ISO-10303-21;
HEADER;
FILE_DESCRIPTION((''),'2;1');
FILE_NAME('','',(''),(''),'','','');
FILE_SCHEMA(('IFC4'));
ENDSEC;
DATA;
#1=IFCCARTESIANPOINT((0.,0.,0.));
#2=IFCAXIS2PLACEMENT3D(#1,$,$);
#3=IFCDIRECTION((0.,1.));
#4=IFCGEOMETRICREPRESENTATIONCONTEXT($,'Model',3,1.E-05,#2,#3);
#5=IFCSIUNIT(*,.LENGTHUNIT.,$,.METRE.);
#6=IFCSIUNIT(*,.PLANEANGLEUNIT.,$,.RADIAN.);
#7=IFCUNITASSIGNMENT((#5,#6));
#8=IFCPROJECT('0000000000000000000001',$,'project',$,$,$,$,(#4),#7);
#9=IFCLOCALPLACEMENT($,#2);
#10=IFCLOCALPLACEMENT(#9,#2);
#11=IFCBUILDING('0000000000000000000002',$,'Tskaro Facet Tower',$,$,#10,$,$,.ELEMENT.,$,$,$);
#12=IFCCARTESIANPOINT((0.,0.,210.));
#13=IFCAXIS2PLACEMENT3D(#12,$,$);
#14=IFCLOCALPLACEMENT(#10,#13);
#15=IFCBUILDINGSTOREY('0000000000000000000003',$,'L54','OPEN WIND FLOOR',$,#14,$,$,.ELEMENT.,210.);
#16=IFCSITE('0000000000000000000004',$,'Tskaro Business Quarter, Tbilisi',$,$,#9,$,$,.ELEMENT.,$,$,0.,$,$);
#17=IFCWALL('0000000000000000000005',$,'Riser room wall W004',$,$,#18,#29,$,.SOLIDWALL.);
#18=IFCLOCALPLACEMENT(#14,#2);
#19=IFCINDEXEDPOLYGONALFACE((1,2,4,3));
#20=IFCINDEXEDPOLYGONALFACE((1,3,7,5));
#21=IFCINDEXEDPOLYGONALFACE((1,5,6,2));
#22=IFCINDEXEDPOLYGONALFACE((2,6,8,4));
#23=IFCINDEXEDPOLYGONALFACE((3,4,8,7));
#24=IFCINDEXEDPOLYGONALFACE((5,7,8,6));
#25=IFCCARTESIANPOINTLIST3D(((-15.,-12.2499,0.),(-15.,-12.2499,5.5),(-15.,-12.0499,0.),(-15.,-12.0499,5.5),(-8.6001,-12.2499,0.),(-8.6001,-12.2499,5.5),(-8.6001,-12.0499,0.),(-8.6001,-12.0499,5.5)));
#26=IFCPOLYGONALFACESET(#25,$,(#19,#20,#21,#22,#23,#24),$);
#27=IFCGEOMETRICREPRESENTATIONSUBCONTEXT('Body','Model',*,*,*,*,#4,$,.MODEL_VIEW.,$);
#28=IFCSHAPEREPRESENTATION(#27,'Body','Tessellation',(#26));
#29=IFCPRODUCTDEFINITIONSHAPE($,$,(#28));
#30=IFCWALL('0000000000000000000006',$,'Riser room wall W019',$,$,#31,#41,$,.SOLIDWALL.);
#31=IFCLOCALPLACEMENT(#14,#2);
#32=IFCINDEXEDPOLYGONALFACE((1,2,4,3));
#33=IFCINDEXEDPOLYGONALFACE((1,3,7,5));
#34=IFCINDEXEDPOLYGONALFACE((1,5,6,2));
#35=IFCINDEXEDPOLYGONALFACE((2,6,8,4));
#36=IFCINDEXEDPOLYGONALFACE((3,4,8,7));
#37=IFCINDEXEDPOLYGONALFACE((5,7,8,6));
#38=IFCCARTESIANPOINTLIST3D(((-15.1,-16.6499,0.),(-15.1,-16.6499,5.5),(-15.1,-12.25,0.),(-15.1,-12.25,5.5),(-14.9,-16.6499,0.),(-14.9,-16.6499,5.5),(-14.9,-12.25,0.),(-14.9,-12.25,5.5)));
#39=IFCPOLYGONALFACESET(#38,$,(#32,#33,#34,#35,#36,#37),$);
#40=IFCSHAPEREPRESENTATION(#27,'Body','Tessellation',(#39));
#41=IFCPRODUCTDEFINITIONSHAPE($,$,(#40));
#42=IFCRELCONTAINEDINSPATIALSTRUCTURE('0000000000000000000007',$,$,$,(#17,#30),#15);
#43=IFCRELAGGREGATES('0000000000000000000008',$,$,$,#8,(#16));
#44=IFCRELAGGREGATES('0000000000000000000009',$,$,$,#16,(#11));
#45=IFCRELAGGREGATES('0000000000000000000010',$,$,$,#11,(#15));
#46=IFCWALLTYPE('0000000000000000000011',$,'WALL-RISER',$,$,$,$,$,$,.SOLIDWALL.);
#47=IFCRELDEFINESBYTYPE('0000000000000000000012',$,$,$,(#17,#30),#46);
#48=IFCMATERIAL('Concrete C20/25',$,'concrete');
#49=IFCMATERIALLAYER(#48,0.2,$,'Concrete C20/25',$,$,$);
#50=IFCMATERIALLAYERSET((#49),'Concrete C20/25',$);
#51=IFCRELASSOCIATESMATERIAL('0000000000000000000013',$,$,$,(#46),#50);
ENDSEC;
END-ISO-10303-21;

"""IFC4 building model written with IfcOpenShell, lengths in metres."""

from ifc_helpers import new_model, si_unit, direction, frame, frame_2d, origin, place, context, subcontext, project, spatial, rectangle, extrude, material, layer, layer_set, type_object, element, save


model = new_model("IFC4")

# Units and contexts
model_context = context("Model", 3, precision=1e-05, world=origin(), true_north=direction((0.0, 1.0)))
body_context = subcontext(model_context, "Body", "Model", "MODEL_VIEW")
ifc_project = project(units=[si_unit("LENGTHUNIT", "METRE"), si_unit("PLANEANGLEUNIT", "RADIAN")], contexts=[model_context])

# Site, building, storey
site_placement = place(None, origin())
site = spatial("IfcSite", under=ifc_project, at=site_placement, Name="Tskaro Business Quarter, Tbilisi", CompositionType="ELEMENT", RefElevation=0.0)
building_placement = place(site_placement, origin())
building = spatial("IfcBuilding", under=site, at=building_placement, Name="Tskaro Facet Tower", CompositionType="ELEMENT")
storey_placement = place(building_placement, frame((0.0, 0.0, 210.0)))
storey = spatial("IfcBuildingStorey", under=building, at=storey_placement, Name="L54", Description="OPEN WIND FLOOR", CompositionType="ELEMENT", Elevation=210.0)

# Walls
ifc_material_1 = material(Name="Concrete C20/25", Category="concrete")
ifc_layer = layer(ifc_material_1, 0.2, Name="Concrete C20/25")
ifc_layer_set = layer_set([ifc_layer], Name="Concrete C20/25")
wall_type = type_object("IfcWallType", Name="WALL-RISER", PredefinedType="SOLIDWALL", material=ifc_layer_set)
wall_1_placement = place(storey_placement, frame((-15.0, -12.1499, 0.0), z_axis=(0.0, 0.0, 1.0), x_axis=(1.0, 0.0, 0.0)))
element("IfcWall", 1, at=wall_1_placement, inside=storey, type_object=wall_type, Name="Riser room wall W004", PredefinedType="SOLIDWALL", context=body_context, shape_type="SweptSolid", body=[
    extrude(rectangle(XDim=6.3999, YDim=0.2, at=frame_2d((3.2, 0.0))), origin(), (0.0, 0.0, 1.0), 5.5),
])
wall_2_placement = place(storey_placement, frame((-15.0, -16.6499, 0.0), z_axis=(0.0, 0.0, 1.0), x_axis=(0.0, 1.0, 0.0)))
element("IfcWall", 2, at=wall_2_placement, inside=storey, type_object=wall_type, Name="Riser room wall W019", PredefinedType="SOLIDWALL", context=body_context, shape_type="SweptSolid", body=[
    extrude(rectangle(XDim=4.3999, YDim=0.2, at=frame_2d((2.2, 0.0))), origin(), (0.0, 0.0, 1.0), 5.5),
])

save(model, "model.ifc")
